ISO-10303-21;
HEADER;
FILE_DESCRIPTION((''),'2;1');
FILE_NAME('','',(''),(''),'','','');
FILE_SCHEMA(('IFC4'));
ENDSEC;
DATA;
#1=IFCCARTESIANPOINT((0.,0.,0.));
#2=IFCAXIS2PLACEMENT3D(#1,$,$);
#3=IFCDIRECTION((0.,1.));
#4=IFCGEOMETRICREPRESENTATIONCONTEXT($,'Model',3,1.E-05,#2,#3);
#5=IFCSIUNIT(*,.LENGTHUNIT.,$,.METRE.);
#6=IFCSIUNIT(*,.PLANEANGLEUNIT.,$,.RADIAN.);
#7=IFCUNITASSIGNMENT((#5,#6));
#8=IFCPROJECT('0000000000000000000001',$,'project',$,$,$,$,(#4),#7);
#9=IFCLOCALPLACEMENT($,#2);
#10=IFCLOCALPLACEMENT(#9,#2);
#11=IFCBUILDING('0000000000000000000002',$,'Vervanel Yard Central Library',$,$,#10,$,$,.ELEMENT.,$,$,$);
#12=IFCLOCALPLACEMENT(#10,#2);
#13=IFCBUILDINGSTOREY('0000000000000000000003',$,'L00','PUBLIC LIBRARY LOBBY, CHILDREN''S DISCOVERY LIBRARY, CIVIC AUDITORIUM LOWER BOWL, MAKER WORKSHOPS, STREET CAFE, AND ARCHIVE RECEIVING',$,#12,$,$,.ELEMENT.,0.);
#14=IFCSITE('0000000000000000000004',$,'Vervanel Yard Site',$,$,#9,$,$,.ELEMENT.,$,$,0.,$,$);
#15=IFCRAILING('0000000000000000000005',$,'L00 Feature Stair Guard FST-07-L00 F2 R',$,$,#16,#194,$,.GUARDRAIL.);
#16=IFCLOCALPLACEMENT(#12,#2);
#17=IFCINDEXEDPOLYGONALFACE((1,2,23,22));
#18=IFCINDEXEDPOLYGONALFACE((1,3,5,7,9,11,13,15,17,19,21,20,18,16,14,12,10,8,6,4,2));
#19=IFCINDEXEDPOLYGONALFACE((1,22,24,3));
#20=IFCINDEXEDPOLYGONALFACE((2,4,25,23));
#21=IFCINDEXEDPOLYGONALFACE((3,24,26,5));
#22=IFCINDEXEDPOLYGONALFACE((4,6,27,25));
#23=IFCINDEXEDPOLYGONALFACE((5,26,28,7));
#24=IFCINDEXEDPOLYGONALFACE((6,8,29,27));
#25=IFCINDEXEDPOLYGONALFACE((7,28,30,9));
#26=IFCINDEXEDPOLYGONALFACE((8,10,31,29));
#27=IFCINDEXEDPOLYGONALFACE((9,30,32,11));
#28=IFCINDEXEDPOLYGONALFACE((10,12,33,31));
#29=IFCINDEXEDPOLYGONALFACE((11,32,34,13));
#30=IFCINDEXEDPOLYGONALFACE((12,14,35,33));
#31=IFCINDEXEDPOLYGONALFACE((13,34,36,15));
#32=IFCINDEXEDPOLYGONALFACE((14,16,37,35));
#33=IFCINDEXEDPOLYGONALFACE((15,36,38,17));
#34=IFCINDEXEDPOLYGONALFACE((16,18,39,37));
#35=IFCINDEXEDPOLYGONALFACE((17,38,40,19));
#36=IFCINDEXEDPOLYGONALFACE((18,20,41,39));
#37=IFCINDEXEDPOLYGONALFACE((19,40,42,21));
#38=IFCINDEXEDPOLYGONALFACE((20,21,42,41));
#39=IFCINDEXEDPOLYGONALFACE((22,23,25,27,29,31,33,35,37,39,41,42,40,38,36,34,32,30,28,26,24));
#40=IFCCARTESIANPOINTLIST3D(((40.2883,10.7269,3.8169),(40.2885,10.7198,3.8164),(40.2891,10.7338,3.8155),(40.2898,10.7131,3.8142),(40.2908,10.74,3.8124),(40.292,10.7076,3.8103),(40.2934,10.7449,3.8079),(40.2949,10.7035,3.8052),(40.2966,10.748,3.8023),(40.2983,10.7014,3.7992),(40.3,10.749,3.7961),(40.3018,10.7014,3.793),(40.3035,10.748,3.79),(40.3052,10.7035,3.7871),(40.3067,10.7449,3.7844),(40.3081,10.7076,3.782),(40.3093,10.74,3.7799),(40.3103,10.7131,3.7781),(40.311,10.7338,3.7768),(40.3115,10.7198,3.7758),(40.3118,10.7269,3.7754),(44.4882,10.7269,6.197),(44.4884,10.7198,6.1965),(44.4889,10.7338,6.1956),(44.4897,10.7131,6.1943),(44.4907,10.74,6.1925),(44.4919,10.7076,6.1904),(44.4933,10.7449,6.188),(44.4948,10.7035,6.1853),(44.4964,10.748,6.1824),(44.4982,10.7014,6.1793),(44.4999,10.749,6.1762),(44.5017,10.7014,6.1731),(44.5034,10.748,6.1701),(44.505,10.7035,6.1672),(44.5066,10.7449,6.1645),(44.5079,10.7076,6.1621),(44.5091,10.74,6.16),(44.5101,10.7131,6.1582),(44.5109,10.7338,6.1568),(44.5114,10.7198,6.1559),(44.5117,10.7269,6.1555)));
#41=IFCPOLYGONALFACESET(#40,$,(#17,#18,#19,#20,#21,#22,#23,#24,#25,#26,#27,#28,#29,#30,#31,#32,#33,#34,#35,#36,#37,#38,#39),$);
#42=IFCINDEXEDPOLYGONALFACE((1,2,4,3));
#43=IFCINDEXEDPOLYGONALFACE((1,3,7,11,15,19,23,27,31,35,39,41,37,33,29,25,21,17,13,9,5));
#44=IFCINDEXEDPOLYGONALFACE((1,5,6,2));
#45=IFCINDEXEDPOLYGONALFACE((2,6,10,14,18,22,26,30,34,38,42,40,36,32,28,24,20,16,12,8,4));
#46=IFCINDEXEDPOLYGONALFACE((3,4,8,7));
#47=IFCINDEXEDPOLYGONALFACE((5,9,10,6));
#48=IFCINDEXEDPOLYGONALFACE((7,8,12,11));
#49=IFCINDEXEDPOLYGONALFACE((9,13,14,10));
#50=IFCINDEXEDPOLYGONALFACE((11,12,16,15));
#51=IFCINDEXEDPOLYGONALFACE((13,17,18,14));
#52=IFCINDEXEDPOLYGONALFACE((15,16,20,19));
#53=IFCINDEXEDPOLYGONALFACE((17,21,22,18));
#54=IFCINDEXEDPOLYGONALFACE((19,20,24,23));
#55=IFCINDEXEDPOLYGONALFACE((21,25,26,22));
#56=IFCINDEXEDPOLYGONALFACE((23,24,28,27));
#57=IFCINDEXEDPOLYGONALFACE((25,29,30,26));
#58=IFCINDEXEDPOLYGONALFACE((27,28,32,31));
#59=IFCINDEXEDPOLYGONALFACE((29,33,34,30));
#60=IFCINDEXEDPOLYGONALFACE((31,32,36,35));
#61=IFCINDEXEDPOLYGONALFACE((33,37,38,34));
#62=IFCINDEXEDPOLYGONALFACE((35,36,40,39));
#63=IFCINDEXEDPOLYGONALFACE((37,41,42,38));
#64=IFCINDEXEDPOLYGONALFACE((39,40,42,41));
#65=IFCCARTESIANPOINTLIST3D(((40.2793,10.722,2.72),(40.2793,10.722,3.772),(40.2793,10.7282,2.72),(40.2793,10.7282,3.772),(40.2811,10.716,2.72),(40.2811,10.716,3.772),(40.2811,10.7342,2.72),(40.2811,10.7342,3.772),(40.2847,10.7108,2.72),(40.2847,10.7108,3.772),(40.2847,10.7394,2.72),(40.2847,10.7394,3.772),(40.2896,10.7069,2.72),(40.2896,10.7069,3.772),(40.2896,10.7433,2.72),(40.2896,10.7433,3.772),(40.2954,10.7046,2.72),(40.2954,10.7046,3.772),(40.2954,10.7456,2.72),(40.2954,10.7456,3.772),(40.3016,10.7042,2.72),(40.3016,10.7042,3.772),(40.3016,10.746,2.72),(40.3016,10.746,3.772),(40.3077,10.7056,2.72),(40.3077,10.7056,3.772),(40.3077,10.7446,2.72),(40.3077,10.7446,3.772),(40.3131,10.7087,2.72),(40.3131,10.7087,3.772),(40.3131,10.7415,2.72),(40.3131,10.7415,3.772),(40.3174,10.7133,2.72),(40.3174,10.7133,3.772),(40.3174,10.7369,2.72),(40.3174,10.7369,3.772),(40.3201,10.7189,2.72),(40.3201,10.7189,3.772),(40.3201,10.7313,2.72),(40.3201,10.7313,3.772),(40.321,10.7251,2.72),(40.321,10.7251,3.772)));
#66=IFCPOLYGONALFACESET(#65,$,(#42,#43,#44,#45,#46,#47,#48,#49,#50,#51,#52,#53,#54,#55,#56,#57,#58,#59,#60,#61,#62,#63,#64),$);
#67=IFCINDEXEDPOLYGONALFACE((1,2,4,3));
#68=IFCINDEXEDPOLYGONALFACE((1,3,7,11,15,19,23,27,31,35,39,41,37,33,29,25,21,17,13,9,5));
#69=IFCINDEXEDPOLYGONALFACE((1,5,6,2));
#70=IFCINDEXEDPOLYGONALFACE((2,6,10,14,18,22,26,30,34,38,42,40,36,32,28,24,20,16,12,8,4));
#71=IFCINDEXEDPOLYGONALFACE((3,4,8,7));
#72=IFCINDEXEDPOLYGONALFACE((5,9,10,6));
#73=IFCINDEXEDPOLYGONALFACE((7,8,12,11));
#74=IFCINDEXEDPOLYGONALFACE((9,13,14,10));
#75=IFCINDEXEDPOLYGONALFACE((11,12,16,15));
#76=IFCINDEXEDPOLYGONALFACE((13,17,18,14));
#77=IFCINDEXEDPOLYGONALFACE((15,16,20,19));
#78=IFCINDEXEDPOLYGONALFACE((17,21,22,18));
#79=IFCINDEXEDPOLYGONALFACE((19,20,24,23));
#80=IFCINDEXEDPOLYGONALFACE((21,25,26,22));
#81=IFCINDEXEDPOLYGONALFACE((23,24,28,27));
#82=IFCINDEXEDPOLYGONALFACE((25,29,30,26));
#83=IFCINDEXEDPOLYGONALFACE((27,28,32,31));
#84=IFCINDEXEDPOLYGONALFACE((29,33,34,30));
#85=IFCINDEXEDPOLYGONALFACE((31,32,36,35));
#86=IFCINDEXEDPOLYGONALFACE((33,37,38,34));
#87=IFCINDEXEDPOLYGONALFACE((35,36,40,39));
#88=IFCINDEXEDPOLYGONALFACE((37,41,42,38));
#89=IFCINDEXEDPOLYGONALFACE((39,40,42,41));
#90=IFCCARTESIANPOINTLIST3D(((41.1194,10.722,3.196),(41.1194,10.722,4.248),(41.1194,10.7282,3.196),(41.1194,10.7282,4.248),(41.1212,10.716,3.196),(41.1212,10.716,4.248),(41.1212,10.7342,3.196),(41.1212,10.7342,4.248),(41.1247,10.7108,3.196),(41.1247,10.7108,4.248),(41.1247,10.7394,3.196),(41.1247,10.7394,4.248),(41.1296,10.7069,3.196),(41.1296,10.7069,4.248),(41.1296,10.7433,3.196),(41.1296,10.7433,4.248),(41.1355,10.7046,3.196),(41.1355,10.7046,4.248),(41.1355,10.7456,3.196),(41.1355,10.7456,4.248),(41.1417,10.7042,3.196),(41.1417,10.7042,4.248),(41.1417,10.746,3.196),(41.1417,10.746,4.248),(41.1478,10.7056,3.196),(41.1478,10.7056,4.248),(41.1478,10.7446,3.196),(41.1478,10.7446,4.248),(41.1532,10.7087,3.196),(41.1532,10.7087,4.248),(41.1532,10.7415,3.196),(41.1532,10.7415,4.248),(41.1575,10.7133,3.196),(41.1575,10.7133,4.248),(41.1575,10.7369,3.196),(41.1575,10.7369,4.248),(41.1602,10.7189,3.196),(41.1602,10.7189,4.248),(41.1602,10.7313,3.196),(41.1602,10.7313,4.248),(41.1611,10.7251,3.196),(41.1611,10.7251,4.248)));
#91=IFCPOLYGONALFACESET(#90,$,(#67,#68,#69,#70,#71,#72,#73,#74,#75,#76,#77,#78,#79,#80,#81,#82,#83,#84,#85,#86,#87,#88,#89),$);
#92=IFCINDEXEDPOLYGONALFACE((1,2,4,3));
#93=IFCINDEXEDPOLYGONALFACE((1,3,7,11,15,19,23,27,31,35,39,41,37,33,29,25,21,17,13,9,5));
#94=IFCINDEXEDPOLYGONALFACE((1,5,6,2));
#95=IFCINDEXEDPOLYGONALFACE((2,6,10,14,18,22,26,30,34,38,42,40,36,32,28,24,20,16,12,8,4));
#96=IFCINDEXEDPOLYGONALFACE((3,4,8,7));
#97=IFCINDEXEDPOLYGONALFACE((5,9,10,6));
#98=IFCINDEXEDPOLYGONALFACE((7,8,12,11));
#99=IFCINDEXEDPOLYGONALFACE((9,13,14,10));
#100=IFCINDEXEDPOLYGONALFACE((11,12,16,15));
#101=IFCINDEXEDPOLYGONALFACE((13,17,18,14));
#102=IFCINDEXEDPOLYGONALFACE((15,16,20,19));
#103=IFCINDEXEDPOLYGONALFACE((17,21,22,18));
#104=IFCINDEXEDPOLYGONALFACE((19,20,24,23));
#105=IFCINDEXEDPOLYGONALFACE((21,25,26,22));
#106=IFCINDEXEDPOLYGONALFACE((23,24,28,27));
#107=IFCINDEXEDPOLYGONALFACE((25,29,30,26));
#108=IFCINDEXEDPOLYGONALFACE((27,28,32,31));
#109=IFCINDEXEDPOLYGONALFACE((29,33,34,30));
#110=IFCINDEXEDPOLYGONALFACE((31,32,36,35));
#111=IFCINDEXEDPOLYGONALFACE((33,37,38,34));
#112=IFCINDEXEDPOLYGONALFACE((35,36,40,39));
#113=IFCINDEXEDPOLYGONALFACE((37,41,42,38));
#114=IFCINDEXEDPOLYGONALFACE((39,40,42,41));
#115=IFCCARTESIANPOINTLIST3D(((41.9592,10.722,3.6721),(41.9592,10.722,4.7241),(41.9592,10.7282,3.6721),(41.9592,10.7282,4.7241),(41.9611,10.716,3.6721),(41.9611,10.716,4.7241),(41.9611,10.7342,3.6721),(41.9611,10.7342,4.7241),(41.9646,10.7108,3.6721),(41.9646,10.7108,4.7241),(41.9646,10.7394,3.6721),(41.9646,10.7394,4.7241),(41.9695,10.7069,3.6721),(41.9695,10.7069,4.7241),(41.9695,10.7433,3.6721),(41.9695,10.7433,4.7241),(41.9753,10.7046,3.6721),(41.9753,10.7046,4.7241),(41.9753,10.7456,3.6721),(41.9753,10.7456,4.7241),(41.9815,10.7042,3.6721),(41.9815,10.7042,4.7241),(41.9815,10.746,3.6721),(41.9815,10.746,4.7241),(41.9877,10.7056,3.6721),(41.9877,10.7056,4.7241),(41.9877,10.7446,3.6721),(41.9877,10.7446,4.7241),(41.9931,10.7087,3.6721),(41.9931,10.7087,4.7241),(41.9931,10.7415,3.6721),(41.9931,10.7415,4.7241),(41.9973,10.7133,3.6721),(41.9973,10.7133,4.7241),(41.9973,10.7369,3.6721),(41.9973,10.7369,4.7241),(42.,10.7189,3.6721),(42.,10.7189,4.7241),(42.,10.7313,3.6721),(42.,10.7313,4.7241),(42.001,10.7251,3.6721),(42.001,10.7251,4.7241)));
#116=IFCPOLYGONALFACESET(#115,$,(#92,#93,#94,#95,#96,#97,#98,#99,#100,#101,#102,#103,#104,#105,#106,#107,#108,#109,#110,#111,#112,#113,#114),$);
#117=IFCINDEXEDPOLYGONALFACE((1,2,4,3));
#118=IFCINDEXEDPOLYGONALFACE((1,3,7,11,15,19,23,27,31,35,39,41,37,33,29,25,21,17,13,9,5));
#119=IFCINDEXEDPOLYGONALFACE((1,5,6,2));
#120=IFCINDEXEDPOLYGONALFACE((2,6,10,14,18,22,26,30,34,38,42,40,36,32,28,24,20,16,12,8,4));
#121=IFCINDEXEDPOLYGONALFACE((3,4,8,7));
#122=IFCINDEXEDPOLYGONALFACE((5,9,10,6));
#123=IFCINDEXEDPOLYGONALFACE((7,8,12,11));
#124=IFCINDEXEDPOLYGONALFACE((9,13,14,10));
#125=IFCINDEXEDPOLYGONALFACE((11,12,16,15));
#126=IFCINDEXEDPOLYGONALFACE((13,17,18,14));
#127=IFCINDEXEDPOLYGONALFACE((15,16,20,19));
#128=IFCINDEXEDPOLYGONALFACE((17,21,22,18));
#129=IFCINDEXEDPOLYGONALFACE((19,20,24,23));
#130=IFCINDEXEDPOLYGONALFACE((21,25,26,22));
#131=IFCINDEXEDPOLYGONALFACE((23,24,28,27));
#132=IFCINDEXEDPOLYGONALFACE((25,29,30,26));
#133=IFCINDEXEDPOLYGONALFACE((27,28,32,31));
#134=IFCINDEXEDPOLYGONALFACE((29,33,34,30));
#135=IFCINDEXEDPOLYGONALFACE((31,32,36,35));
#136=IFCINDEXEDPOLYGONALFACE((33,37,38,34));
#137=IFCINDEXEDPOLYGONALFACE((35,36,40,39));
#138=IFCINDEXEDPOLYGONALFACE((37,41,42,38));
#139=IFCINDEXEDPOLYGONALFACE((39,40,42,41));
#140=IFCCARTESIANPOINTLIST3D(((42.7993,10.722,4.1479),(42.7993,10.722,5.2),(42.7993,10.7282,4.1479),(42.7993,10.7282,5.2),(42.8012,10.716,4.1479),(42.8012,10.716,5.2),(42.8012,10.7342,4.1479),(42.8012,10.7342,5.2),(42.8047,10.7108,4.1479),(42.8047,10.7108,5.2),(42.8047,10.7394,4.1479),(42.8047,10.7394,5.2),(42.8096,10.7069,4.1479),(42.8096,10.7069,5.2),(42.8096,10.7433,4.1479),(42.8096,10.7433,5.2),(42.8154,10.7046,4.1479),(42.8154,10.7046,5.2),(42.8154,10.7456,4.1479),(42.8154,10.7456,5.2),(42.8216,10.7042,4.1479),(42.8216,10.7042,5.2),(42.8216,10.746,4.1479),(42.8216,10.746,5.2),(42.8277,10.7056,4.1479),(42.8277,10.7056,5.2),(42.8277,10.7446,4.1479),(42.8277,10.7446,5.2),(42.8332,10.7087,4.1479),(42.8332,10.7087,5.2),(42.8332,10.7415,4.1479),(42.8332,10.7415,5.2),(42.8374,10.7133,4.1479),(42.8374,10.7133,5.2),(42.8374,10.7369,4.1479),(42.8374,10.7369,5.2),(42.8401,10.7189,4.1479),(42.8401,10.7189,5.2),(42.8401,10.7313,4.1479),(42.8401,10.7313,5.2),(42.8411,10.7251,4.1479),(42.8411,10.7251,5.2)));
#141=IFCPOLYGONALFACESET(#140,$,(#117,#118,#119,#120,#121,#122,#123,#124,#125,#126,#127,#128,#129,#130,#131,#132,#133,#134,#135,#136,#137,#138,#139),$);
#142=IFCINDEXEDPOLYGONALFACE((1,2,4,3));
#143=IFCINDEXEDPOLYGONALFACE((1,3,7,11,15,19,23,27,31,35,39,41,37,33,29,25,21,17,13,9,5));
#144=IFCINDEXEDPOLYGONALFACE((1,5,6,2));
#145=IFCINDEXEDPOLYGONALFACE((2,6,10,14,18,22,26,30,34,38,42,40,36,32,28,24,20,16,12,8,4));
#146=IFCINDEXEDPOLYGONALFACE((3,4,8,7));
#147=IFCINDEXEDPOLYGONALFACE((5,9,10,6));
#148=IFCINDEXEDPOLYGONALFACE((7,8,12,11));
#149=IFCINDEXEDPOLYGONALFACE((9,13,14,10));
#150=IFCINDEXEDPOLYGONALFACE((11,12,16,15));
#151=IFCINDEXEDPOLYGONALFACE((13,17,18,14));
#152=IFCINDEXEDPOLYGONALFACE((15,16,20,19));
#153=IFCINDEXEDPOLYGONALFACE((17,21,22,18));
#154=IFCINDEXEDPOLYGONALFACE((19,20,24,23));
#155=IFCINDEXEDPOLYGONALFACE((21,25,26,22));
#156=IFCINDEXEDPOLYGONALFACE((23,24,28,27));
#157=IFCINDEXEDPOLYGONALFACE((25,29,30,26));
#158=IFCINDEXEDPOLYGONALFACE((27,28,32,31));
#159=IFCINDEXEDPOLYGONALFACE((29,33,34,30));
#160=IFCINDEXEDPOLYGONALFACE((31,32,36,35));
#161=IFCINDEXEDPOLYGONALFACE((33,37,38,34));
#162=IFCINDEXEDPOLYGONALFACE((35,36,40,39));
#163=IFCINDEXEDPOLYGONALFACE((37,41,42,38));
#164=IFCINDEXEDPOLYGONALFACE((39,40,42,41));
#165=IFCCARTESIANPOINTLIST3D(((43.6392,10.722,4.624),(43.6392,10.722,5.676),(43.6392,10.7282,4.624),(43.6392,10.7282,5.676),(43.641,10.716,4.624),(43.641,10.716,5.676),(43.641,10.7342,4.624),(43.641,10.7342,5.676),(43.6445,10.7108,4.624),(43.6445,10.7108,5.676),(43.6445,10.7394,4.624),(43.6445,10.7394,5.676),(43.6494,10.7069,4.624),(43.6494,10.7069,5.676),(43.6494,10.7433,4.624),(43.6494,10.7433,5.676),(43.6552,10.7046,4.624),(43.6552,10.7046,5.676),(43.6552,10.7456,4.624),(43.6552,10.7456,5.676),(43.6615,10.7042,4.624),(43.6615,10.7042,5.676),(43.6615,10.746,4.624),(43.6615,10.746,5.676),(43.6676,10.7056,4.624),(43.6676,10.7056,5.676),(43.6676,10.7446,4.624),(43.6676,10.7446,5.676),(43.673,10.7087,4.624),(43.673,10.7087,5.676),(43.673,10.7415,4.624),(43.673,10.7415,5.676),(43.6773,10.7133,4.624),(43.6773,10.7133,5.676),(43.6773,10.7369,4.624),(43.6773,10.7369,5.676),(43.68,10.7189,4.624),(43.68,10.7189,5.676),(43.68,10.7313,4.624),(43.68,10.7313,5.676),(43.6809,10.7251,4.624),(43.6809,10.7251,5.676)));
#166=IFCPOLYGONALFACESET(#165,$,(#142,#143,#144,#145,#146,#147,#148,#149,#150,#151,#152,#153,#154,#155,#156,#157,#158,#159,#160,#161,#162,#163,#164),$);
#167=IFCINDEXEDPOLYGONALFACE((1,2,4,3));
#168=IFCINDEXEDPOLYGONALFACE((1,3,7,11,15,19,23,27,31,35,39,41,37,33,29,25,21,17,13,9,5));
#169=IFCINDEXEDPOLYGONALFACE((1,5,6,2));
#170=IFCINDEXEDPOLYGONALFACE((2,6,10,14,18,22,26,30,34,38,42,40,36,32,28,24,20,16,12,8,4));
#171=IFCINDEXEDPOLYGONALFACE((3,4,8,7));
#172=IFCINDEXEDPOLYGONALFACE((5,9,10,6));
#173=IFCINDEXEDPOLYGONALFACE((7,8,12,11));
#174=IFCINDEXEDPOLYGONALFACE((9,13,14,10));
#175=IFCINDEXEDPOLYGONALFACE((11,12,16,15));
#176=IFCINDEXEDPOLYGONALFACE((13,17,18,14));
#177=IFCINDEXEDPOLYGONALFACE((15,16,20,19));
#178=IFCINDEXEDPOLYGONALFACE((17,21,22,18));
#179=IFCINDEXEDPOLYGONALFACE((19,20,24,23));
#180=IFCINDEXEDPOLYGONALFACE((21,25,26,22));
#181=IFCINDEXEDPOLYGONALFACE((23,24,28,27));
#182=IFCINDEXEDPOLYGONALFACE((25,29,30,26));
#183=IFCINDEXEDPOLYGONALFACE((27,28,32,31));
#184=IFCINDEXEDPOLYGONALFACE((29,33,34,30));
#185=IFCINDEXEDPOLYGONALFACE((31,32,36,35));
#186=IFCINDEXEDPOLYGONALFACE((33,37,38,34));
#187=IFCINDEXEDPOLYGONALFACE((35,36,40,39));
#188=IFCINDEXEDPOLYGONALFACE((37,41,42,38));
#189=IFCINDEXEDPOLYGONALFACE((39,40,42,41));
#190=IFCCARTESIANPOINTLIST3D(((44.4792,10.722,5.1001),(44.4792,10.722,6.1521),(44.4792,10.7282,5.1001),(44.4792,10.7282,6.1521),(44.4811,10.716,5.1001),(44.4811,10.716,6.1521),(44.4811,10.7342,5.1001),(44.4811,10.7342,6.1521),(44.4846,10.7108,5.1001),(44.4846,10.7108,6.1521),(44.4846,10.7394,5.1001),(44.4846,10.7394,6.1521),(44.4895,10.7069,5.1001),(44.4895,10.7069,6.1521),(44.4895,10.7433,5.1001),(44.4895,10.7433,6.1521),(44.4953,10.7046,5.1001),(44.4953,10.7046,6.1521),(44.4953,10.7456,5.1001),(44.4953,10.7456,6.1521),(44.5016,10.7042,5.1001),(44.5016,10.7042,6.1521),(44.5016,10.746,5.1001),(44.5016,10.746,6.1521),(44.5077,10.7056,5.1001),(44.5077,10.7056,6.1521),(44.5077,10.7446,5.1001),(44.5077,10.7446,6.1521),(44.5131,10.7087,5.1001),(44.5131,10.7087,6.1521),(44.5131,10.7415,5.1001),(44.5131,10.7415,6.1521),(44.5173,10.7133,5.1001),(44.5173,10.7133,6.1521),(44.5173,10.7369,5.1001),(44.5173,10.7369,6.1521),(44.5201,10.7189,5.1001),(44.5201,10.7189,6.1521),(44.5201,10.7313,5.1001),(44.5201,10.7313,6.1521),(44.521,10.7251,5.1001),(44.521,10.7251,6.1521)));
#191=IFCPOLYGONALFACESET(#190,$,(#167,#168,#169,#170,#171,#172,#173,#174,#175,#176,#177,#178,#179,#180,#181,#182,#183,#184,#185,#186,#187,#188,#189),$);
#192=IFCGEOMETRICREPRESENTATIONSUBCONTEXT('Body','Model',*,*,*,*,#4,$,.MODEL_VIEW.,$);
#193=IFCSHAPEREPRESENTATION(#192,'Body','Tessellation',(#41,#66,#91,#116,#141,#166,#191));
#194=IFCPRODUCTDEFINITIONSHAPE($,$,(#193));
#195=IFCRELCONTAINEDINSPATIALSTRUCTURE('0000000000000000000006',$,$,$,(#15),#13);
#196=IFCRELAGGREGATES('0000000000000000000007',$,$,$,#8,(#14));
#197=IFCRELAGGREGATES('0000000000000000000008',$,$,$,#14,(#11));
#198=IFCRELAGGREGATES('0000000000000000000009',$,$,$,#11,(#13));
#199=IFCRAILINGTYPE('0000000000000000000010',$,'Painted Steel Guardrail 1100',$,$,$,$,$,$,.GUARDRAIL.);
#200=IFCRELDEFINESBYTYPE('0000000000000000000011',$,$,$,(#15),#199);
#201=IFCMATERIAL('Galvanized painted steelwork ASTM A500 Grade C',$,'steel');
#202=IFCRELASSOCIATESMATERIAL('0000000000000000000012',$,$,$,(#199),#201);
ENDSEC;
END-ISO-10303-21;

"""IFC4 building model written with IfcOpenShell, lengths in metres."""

from ifc_helpers import new_model, si_unit, direction, frame, origin, origin_2d, place, context, subcontext, project, spatial, circle, extrude, material, type_object, element, save


model = new_model("IFC4")

# Units and contexts
model_context = context("Model", 3, precision=1e-05, world=origin(), true_north=direction((0.0, 1.0)))
body_context = subcontext(model_context, "Body", "Model", "MODEL_VIEW")
ifc_project = project(units=[si_unit("LENGTHUNIT", "METRE"), si_unit("PLANEANGLEUNIT", "RADIAN")], contexts=[model_context])

# Site, building, storey
site_placement = place(None, origin())
site = spatial("IfcSite", under=ifc_project, at=site_placement, Name="Vervanel Yard Site", CompositionType="ELEMENT", RefElevation=0.0)
building_placement = place(site_placement, origin())
building = spatial("IfcBuilding", under=site, at=building_placement, Name="Vervanel Yard Central Library", CompositionType="ELEMENT")
storey_placement = place(building_placement, origin())
storey = spatial("IfcBuildingStorey", under=building, at=storey_placement, Name="L00", Description="PUBLIC LIBRARY LOBBY, CHILDREN'S DISCOVERY LIBRARY, CIVIC AUDITORIUM LOWER BOWL, MAKER WORKSHOPS, STREET CAFE, AND ARCHIVE RECEIVING", CompositionType="ELEMENT", Elevation=0.0)

# Railing
ifc_material_1 = material(Name="Galvanized painted steelwork ASTM A500 Grade C", Category="steel")
railing_type = type_object("IfcRailingType", Name="Painted Steel Guardrail 1100", PredefinedType="GUARDRAIL", material=ifc_material_1)
railing_1_placement = place(storey_placement, frame((40.3, 10.7251, 2.72)))
element("IfcRailing", 1, at=railing_1_placement, inside=storey, type_object=railing_type, Name="L00 Feature Stair Guard FST-07-L00 F2 R", PredefinedType="GUARDRAIL", context=body_context, shape_type="SweptSolid", body=[
    extrude(circle(Radius=0.0239, at=origin_2d()), frame((0.0, 0.0, 1.0762), z_axis=(0.870008, 0.0, 0.493037), x_axis=(0.0, 1.0, 0.0)), (0.0, 0.0, 1.0), 4.8274),
    extrude(circle(Radius=0.021, at=origin_2d()), origin(), (0.0, 0.0, 1.0), 1.052),
    extrude(circle(Radius=0.021, at=origin_2d()), frame((0.8401, 0.0, 0.4761)), (0.0, 0.0, 1.0), 1.052),
    extrude(circle(Radius=0.021, at=origin_2d()), frame((1.6799, 0.0, 0.9521)), (0.0, 0.0, 1.0), 1.052),
    extrude(circle(Radius=0.021, at=origin_2d()), frame((2.52, 0.0, 1.428)), (0.0, 0.0, 1.0), 1.052),
    extrude(circle(Radius=0.021, at=origin_2d()), frame((3.3599, 0.0, 1.9041)), (0.0, 0.0, 1.0), 1.052),
    extrude(circle(Radius=0.021, at=origin_2d()), frame((4.2, 0.0, 2.3801)), (0.0, 0.0, 1.0), 1.052),
])

save(model, "model.ifc")
